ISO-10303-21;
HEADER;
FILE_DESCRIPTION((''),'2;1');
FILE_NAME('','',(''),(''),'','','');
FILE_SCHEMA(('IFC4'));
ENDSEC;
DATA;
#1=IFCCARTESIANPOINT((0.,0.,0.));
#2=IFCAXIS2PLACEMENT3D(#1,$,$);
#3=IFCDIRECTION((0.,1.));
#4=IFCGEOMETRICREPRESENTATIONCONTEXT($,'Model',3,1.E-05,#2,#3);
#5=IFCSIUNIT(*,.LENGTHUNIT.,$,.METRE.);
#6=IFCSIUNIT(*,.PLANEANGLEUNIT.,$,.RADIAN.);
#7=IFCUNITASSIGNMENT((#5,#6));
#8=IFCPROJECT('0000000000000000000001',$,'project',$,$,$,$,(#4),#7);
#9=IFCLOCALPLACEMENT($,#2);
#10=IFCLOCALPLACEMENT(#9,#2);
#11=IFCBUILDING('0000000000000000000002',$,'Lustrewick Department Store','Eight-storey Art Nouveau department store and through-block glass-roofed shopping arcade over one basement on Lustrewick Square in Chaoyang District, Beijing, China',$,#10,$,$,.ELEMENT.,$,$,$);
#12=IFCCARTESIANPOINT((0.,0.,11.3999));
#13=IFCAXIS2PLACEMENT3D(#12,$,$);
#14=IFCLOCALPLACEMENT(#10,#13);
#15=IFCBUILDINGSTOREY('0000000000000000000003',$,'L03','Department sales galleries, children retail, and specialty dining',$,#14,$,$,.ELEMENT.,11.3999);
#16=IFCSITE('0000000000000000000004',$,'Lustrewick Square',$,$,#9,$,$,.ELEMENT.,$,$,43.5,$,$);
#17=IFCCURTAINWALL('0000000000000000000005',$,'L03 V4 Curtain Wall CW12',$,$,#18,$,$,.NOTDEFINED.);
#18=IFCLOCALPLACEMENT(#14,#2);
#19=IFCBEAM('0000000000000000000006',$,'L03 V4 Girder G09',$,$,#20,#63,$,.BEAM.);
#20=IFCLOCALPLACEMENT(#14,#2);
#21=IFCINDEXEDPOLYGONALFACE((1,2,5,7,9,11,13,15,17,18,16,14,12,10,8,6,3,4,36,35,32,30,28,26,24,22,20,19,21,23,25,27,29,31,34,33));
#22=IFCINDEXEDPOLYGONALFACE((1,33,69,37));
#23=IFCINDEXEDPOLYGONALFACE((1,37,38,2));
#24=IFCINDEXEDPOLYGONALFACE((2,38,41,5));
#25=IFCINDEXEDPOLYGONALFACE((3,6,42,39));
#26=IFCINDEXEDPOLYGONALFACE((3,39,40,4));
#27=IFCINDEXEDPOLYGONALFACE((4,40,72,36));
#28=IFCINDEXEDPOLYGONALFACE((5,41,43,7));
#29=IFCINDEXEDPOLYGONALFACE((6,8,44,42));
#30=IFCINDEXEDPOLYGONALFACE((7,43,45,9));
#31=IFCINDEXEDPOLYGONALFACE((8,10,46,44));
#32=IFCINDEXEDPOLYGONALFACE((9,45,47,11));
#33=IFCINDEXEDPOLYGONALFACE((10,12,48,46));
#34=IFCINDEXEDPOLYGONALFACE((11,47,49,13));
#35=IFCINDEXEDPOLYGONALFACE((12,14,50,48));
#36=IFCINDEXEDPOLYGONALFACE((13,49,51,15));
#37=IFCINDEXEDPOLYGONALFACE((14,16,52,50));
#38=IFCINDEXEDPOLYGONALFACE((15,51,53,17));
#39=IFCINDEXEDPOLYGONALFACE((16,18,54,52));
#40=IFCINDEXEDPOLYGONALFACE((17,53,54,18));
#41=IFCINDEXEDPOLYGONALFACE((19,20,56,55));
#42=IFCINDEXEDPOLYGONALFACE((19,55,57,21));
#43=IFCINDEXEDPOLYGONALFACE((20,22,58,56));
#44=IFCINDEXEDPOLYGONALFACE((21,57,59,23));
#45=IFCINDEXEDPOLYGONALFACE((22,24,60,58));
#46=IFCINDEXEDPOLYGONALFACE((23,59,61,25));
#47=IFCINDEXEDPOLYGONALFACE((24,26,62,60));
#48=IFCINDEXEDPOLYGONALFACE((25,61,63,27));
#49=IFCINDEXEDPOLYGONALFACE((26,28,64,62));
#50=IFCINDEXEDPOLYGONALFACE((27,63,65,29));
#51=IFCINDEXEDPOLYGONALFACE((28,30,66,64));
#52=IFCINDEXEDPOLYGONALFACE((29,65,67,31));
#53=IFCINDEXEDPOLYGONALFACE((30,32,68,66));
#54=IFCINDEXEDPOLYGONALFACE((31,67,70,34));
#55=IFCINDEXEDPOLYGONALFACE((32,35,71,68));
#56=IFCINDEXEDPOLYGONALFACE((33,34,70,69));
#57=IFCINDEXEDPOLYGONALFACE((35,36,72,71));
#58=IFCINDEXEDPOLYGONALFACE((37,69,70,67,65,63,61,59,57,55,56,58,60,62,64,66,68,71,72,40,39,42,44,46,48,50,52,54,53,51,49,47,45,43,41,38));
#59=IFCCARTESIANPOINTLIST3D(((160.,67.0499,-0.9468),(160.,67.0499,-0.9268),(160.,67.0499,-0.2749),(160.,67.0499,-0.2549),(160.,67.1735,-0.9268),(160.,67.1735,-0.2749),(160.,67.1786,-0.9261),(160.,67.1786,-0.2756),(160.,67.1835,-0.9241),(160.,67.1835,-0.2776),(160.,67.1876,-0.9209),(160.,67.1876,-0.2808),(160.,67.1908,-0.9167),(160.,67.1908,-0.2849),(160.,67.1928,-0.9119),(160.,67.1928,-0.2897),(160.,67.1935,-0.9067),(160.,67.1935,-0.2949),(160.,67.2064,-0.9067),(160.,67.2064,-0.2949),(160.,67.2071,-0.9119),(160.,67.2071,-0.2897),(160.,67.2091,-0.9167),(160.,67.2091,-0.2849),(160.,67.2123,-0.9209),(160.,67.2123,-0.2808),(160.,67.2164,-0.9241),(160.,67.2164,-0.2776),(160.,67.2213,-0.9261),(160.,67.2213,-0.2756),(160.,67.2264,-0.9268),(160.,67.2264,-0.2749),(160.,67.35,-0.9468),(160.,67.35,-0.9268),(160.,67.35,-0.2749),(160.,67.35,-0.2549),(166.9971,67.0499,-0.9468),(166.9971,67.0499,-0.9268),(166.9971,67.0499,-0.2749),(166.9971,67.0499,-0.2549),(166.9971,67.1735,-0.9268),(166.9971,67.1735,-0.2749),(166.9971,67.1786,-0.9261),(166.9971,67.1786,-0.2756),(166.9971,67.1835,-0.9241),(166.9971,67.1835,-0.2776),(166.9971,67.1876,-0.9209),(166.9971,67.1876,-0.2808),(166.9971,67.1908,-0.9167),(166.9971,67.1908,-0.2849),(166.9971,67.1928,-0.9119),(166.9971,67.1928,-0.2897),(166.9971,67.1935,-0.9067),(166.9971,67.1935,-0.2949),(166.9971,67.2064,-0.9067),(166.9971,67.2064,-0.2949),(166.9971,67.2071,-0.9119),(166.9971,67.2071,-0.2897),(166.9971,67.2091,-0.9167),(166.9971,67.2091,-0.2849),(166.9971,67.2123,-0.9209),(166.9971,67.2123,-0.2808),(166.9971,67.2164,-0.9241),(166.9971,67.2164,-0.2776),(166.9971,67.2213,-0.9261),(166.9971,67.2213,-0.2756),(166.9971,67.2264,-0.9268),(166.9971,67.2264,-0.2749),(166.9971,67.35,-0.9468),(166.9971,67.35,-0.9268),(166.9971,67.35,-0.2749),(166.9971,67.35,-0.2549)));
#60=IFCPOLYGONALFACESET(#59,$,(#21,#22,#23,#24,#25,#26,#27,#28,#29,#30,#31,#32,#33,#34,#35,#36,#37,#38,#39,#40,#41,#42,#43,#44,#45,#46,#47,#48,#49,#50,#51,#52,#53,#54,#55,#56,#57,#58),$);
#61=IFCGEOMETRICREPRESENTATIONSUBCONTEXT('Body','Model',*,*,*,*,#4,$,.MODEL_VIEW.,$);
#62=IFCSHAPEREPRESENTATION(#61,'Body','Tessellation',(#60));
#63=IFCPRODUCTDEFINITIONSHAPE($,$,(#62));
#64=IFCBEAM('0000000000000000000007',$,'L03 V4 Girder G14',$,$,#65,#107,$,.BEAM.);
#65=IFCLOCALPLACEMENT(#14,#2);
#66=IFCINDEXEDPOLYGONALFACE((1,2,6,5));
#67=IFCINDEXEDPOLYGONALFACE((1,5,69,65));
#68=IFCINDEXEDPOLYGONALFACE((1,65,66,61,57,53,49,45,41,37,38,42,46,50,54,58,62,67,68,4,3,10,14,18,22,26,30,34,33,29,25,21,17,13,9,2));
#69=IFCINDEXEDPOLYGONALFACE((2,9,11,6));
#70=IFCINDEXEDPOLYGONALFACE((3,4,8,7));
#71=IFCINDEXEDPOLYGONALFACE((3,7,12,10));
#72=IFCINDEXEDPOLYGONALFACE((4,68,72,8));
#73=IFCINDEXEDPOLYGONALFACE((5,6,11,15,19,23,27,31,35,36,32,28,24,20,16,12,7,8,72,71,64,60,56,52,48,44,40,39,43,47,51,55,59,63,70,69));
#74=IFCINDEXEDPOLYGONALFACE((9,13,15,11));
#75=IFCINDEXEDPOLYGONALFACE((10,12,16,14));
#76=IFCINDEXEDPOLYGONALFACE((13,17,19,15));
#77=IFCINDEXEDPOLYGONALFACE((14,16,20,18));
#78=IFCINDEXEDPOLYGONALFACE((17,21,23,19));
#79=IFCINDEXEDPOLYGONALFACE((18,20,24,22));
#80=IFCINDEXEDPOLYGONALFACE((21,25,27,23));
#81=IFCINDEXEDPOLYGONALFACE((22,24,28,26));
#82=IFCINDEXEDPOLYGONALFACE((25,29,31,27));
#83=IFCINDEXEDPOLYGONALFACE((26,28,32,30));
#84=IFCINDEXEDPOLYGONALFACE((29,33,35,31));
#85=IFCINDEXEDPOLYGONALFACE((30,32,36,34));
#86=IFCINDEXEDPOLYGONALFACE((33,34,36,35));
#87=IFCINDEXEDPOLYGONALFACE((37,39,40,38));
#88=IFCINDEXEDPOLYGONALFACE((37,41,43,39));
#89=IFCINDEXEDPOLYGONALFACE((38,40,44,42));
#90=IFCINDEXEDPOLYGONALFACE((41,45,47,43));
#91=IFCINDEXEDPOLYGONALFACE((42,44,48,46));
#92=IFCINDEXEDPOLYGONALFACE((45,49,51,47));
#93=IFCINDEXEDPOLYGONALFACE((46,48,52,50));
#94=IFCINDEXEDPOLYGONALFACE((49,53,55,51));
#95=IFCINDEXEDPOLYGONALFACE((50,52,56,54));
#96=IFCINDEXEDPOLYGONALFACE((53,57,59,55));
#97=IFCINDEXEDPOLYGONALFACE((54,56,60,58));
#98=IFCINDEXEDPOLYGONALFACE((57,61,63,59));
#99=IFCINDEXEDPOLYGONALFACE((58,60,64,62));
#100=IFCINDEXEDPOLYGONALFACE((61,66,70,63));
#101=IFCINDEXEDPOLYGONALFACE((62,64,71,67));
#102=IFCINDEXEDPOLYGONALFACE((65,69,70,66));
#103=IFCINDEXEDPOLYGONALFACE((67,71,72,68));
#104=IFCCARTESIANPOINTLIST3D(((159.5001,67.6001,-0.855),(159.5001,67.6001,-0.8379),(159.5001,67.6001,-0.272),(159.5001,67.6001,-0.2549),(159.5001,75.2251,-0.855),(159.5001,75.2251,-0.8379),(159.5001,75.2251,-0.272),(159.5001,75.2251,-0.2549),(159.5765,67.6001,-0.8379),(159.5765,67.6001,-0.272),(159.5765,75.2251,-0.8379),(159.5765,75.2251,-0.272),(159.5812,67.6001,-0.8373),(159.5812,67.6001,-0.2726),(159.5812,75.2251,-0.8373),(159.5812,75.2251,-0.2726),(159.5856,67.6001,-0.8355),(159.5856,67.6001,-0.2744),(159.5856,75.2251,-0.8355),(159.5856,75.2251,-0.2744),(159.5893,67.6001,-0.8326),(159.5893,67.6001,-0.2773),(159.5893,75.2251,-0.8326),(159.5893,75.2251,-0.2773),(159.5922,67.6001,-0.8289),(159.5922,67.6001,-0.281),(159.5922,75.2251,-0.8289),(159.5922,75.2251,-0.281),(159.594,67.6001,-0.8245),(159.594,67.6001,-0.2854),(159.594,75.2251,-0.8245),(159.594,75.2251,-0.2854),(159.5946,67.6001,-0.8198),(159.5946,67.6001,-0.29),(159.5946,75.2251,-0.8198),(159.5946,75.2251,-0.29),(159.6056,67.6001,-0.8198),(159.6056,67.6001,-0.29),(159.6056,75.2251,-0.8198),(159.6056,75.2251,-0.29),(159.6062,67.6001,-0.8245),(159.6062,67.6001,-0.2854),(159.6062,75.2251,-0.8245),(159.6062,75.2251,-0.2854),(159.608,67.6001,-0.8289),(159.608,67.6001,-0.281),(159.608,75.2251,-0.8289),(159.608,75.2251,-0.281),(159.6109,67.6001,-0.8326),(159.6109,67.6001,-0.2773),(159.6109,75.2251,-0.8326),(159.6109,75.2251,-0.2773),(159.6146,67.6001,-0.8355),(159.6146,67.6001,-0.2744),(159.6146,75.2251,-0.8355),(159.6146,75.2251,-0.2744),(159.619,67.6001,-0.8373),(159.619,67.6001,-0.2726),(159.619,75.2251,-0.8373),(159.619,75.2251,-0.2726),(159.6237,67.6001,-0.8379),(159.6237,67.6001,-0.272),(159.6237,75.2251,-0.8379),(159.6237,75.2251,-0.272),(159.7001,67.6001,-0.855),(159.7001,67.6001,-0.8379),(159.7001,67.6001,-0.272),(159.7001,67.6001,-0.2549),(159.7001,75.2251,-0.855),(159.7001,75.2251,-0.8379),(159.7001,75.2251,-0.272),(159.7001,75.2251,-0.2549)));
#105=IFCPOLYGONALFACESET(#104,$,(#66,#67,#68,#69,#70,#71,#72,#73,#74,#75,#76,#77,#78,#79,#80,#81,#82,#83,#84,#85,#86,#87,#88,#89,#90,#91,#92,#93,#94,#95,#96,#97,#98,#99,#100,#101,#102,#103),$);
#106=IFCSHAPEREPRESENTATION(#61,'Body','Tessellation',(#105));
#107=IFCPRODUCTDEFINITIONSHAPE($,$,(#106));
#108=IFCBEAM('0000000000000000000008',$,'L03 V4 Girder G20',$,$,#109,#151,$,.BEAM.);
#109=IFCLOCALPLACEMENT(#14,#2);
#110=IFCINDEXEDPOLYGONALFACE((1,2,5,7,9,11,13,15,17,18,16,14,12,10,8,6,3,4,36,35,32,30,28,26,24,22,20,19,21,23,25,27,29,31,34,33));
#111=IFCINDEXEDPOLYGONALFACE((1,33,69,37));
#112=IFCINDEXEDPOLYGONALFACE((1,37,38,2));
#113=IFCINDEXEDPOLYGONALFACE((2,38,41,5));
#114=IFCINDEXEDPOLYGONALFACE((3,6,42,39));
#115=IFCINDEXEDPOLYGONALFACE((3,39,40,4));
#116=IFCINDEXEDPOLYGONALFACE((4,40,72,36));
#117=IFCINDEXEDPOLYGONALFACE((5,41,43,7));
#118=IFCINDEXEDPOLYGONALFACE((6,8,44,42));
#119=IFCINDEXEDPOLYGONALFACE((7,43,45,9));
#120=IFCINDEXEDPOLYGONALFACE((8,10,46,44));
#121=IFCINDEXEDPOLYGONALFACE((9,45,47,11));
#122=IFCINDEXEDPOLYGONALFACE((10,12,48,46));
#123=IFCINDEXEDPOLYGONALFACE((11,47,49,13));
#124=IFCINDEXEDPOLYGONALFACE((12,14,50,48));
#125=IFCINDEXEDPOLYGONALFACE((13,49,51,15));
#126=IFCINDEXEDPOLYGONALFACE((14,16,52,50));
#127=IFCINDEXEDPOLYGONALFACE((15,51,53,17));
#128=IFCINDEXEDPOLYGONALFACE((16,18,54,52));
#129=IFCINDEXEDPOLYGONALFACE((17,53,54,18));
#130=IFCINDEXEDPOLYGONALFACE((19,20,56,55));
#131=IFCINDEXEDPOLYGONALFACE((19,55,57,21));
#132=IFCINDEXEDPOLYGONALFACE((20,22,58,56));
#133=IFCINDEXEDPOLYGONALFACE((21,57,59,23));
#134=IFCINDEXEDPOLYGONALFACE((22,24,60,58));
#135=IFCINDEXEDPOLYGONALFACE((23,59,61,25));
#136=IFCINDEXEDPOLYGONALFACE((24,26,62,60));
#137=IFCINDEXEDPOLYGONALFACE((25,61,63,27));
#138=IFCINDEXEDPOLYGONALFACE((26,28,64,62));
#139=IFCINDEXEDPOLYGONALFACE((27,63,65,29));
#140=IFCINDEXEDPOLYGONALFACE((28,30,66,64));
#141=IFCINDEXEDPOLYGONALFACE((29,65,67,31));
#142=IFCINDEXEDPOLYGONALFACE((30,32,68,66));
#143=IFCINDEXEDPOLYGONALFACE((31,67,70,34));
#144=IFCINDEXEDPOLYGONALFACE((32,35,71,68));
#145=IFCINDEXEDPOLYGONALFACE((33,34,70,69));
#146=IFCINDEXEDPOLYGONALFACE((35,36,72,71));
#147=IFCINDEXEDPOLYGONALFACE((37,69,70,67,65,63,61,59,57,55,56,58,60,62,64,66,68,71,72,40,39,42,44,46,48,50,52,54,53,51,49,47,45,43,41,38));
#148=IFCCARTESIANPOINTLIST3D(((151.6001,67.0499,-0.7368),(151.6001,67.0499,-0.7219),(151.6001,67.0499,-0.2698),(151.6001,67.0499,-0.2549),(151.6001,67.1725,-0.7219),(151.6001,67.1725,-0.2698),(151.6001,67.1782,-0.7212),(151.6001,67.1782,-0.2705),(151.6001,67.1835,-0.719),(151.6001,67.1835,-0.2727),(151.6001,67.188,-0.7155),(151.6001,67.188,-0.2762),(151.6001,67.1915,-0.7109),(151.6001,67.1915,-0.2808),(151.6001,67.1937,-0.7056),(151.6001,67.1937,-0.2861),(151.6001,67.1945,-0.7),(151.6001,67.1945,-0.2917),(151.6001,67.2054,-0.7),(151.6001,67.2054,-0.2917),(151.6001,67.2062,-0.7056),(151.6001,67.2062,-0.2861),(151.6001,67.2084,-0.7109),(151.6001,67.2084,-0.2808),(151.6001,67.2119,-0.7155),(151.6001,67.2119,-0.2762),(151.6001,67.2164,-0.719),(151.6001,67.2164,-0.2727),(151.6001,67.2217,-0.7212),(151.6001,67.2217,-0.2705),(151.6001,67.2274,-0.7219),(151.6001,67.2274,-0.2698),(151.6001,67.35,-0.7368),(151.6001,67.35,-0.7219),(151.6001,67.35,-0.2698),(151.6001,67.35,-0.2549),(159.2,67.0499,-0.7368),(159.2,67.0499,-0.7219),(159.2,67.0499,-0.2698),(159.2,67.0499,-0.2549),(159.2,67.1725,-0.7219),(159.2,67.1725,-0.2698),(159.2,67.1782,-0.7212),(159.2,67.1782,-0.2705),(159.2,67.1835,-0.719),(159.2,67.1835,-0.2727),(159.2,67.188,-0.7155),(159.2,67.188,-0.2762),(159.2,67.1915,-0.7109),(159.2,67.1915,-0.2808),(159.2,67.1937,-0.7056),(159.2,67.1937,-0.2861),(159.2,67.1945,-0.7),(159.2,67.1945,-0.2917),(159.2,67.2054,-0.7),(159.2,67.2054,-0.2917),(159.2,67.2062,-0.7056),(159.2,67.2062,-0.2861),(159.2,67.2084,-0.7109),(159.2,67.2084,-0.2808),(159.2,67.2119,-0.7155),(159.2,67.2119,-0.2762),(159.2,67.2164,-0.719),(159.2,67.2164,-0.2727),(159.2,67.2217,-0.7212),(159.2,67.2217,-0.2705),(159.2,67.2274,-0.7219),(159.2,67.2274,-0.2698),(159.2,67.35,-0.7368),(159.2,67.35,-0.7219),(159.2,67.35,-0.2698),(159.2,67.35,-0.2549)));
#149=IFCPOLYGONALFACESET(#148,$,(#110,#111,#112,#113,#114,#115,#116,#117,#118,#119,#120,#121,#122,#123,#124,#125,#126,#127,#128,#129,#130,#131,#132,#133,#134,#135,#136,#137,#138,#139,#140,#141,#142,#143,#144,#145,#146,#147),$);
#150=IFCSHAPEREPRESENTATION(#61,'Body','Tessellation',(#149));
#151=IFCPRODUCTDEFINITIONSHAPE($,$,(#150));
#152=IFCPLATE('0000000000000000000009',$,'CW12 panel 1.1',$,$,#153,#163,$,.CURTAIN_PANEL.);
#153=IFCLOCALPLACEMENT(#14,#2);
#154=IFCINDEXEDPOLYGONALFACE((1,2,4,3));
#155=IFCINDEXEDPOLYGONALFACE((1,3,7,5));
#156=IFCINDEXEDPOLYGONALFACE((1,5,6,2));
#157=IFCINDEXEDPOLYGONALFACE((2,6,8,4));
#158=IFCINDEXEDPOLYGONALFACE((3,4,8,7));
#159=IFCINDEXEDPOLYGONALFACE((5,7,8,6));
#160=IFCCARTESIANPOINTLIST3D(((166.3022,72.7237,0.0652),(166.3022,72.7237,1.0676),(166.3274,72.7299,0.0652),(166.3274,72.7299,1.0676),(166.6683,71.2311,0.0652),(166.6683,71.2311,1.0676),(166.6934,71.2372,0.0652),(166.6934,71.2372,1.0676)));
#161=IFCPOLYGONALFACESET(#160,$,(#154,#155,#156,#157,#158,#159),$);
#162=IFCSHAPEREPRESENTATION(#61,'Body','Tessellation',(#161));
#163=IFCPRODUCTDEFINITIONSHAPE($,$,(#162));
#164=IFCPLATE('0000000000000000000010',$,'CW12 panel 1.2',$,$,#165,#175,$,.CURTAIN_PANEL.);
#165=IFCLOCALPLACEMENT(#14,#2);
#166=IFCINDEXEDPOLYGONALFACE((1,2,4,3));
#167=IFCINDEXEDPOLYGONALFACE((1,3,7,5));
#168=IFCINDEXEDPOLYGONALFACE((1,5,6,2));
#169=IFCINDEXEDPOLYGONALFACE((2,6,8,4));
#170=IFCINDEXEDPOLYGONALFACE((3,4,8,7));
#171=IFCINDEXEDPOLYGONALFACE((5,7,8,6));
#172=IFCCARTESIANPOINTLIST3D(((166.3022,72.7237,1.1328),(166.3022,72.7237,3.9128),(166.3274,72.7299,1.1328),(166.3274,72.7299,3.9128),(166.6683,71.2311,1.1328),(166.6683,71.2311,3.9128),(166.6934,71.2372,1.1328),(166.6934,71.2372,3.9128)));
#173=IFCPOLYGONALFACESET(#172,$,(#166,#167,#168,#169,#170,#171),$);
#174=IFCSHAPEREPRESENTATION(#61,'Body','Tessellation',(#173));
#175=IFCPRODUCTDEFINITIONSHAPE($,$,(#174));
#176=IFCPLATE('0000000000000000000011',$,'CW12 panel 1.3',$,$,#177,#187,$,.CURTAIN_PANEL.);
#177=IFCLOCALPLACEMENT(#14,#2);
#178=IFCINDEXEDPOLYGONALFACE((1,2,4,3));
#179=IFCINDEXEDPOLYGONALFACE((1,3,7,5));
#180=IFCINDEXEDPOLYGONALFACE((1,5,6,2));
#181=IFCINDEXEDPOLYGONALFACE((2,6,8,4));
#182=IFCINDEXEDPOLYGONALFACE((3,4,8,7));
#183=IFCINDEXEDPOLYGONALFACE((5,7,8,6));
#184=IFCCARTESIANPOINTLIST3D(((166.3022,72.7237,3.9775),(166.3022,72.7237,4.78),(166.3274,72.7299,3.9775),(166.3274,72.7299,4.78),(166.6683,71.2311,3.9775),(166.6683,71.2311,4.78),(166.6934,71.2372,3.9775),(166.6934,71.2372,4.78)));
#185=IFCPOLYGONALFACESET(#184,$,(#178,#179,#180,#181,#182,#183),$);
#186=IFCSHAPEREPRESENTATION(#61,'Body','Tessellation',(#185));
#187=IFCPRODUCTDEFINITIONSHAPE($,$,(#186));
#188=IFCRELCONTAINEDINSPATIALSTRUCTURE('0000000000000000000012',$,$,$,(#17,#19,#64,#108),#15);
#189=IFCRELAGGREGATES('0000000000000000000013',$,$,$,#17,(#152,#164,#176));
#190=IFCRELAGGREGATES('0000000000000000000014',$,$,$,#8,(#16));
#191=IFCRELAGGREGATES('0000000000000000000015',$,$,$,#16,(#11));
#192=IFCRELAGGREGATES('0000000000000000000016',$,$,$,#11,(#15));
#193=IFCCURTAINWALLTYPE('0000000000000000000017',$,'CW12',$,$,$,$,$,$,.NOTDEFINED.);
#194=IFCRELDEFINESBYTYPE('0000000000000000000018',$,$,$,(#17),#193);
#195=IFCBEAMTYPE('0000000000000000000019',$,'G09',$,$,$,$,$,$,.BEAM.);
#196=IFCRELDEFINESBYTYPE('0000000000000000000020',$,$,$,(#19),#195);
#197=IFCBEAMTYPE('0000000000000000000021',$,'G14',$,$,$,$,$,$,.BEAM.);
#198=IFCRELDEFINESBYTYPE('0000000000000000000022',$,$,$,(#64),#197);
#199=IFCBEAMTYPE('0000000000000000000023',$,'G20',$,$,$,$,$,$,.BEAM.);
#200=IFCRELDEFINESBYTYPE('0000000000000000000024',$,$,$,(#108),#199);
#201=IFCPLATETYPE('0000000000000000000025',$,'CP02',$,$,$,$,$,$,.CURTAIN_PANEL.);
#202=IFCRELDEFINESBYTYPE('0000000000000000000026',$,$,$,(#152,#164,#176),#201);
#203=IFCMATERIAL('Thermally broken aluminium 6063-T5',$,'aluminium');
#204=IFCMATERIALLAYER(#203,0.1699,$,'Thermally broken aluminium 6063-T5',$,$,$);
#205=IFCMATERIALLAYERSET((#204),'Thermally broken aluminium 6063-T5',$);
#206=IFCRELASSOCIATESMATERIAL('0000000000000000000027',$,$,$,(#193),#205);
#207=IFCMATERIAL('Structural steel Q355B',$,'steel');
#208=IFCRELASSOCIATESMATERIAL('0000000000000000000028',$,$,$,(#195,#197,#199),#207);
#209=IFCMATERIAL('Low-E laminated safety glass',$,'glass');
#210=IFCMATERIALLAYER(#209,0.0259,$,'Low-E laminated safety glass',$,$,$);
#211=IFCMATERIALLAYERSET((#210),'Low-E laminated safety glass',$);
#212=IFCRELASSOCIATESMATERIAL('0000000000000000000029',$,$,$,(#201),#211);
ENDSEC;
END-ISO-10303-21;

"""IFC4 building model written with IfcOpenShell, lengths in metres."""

from ifc_helpers import new_model, si_unit, direction, frame, origin, origin_2d, place, context, subcontext, project, spatial, rectangle, i_section, extrude, material, layer, layer_set, material_profile, profile_set, type_object, element, aggregate, save


model = new_model("IFC4")

# Units and contexts
model_context = context("Model", 3, precision=1e-05, world=origin(), true_north=direction((0.0, 1.0)))
body_context = subcontext(model_context, "Body", "Model", "MODEL_VIEW")
ifc_project = project(units=[si_unit("LENGTHUNIT", "METRE"), si_unit("PLANEANGLEUNIT", "RADIAN")], contexts=[model_context])

# Site, building, storey
site_placement = place(None, origin())
site = spatial("IfcSite", under=ifc_project, at=site_placement, Name="Lustrewick Square", CompositionType="ELEMENT", RefElevation=43.5)
building_placement = place(site_placement, origin())
building = spatial("IfcBuilding", under=site, at=building_placement, Name="Lustrewick Department Store", Description="Eight-storey Art Nouveau department store and through-block glass-roofed shopping arcade over one basement on Lustrewick Square in Chaoyang District, Beijing, China", CompositionType="ELEMENT")
storey_placement = place(building_placement, frame((0.0, 0.0, 11.3999)))
storey = spatial("IfcBuildingStorey", under=building, at=storey_placement, Name="L03", Description="Department sales galleries, children retail, and specialty dining", CompositionType="ELEMENT", Elevation=11.3999)

# Shared definitions
ifc_material_1 = material(Name="Structural steel Q355B", Category="steel")

# Shared definitions
ifc_material_2 = material(Name="Thermally broken aluminium 6063-T5", Category="aluminium")

# Curtain wall
ifc_layer_1 = layer(ifc_material_2, 0.1699, Name="Thermally broken aluminium 6063-T5")
ifc_layer_set_1 = layer_set([ifc_layer_1], Name="Thermally broken aluminium 6063-T5")
curtain_wall_type_1 = type_object("IfcCurtainWallType", Name="CW12", PredefinedType="NOTDEFINED", material=ifc_layer_set_1)
curtain_wall_1_placement = place(storey_placement, origin())
curtain_wall_1 = element("IfcCurtainWall", 1, at=curtain_wall_1_placement, inside=storey, type_object=curtain_wall_type_1, Name="L03 V4 Curtain Wall CW12", PredefinedType="NOTDEFINED")

# Beams
ifc_material_profile_1 = material_profile(ifc_material_1, i_section(OverallWidth=0.3, OverallDepth=0.6919, WebThickness=0.0129, FlangeThickness=0.02, FilletRadius=0.02, at=origin_2d()), Name="HN 692x300x13x20")
ifc_profile_set_1 = profile_set([ifc_material_profile_1], Name="Structural steel Q355B")
beam_type_1 = type_object("IfcBeamType", Name="G09", PredefinedType="BEAM", material=ifc_profile_set_1)
beam_1_placement = place(storey_placement, frame((160.0, 67.2, -0.6008), z_axis=(1.0, 0.0, 0.0), x_axis=(0.0, 1.0, 0.0)))
element("IfcBeam", 2, at=beam_1_placement, inside=storey, type_object=beam_type_1, Name="L03 V4 Girder G09", PredefinedType="BEAM", context=body_context, shape_type="SweptSolid", body=[
    extrude(i_section(OverallWidth=0.3, OverallDepth=0.6919, WebThickness=0.0129, FlangeThickness=0.02, FilletRadius=0.02, at=origin_2d()), origin(), (0.0, 0.0, 1.0), 6.9971),
])
ifc_material_profile_2 = material_profile(ifc_material_1, i_section(OverallWidth=0.2, OverallDepth=0.6001, WebThickness=0.011, FlangeThickness=0.0171, FilletRadius=0.0181, at=origin_2d()), Name="HN 600x200x11x17")
ifc_profile_set_2 = profile_set([ifc_material_profile_2], Name="Structural steel Q355B")
beam_type_2 = type_object("IfcBeamType", Name="G14", PredefinedType="BEAM", material=ifc_profile_set_2)
beam_2_placement = place(storey_placement, frame((159.6001, 67.6001, -0.5549), z_axis=(0.0, 1.0, 0.0), x_axis=(-1.0, 0.0, 0.0)))
element("IfcBeam", 3, at=beam_2_placement, inside=storey, type_object=beam_type_2, Name="L03 V4 Girder G14", PredefinedType="BEAM", context=body_context, shape_type="SweptSolid", body=[
    extrude(i_section(OverallWidth=0.2, OverallDepth=0.6001, WebThickness=0.011, FlangeThickness=0.0171, FilletRadius=0.0181, at=origin_2d()), origin(), (0.0, 0.0, 1.0), 7.625),
])
ifc_material_profile_3 = material_profile(ifc_material_1, i_section(OverallWidth=0.3, OverallDepth=0.4819, WebThickness=0.011, FlangeThickness=0.0149, FilletRadius=0.022, at=origin_2d()), Name="HM 482x300x11x15")
ifc_profile_set_3 = profile_set([ifc_material_profile_3], Name="Structural steel Q355B")
beam_type_3 = type_object("IfcBeamType", Name="G20", PredefinedType="BEAM", material=ifc_profile_set_3)
beam_3_placement = place(storey_placement, frame((151.6001, 67.2, -0.4958), z_axis=(1.0, 0.0, 0.0), x_axis=(0.0, 1.0, 0.0)))
element("IfcBeam", 4, at=beam_3_placement, inside=storey, type_object=beam_type_3, Name="L03 V4 Girder G20", PredefinedType="BEAM", context=body_context, shape_type="SweptSolid", body=[
    extrude(i_section(OverallWidth=0.3, OverallDepth=0.4819, WebThickness=0.011, FlangeThickness=0.0149, FilletRadius=0.022, at=origin_2d()), origin(), (0.0, 0.0, 1.0), 7.5999),
])

# Plates
ifc_material_3 = material(Name="Low-E laminated safety glass", Category="glass")
ifc_layer_2 = layer(ifc_material_3, 0.0259, Name="Low-E laminated safety glass")
ifc_layer_set_2 = layer_set([ifc_layer_2], Name="Low-E laminated safety glass")
plate_type = type_object("IfcPlateType", Name="CP02", PredefinedType="CURTAIN_PANEL", material=ifc_layer_set_2)
plate_1_placement = place(storey_placement, frame((166.4978, 71.9805, 0.0652), z_axis=(0.0, 0.0, 1.0), x_axis=(-0.238171, 0.971223, 0.0)))
plate_1 = element("IfcPlate", 5, at=plate_1_placement, type_object=plate_type, Name="CW12 panel 1.1", PredefinedType="CURTAIN_PANEL", context=body_context, shape_type="SweptSolid", body=[
    extrude(rectangle(XDim=1.5369, YDim=0.0259, at=origin_2d()), origin(), (0.0, 0.0, 1.0), 1.0024),
])
plate_2_placement = place(storey_placement, frame((166.4978, 71.9805, 1.1328), z_axis=(0.0, 0.0, 1.0), x_axis=(-0.238171, 0.971223, 0.0)))
plate_2 = element("IfcPlate", 6, at=plate_2_placement, type_object=plate_type, Name="CW12 panel 1.2", PredefinedType="CURTAIN_PANEL", context=body_context, shape_type="SweptSolid", body=[
    extrude(rectangle(XDim=1.5369, YDim=0.0259, at=origin_2d()), origin(), (0.0, 0.0, 1.0), 2.78),
])
plate_3_placement = place(storey_placement, frame((166.4978, 71.9805, 3.9775), z_axis=(0.0, 0.0, 1.0), x_axis=(-0.238171, 0.971223, 0.0)))
plate_3 = element("IfcPlate", 7, at=plate_3_placement, type_object=plate_type, Name="CW12 panel 1.3", PredefinedType="CURTAIN_PANEL", context=body_context, shape_type="SweptSolid", body=[
    extrude(rectangle(XDim=1.5369, YDim=0.0259, at=origin_2d()), origin(), (0.0, 0.0, 1.0), 0.8025),
])
aggregate(curtain_wall_1, [plate_1, plate_2, plate_3])

save(model, "model.ifc")
